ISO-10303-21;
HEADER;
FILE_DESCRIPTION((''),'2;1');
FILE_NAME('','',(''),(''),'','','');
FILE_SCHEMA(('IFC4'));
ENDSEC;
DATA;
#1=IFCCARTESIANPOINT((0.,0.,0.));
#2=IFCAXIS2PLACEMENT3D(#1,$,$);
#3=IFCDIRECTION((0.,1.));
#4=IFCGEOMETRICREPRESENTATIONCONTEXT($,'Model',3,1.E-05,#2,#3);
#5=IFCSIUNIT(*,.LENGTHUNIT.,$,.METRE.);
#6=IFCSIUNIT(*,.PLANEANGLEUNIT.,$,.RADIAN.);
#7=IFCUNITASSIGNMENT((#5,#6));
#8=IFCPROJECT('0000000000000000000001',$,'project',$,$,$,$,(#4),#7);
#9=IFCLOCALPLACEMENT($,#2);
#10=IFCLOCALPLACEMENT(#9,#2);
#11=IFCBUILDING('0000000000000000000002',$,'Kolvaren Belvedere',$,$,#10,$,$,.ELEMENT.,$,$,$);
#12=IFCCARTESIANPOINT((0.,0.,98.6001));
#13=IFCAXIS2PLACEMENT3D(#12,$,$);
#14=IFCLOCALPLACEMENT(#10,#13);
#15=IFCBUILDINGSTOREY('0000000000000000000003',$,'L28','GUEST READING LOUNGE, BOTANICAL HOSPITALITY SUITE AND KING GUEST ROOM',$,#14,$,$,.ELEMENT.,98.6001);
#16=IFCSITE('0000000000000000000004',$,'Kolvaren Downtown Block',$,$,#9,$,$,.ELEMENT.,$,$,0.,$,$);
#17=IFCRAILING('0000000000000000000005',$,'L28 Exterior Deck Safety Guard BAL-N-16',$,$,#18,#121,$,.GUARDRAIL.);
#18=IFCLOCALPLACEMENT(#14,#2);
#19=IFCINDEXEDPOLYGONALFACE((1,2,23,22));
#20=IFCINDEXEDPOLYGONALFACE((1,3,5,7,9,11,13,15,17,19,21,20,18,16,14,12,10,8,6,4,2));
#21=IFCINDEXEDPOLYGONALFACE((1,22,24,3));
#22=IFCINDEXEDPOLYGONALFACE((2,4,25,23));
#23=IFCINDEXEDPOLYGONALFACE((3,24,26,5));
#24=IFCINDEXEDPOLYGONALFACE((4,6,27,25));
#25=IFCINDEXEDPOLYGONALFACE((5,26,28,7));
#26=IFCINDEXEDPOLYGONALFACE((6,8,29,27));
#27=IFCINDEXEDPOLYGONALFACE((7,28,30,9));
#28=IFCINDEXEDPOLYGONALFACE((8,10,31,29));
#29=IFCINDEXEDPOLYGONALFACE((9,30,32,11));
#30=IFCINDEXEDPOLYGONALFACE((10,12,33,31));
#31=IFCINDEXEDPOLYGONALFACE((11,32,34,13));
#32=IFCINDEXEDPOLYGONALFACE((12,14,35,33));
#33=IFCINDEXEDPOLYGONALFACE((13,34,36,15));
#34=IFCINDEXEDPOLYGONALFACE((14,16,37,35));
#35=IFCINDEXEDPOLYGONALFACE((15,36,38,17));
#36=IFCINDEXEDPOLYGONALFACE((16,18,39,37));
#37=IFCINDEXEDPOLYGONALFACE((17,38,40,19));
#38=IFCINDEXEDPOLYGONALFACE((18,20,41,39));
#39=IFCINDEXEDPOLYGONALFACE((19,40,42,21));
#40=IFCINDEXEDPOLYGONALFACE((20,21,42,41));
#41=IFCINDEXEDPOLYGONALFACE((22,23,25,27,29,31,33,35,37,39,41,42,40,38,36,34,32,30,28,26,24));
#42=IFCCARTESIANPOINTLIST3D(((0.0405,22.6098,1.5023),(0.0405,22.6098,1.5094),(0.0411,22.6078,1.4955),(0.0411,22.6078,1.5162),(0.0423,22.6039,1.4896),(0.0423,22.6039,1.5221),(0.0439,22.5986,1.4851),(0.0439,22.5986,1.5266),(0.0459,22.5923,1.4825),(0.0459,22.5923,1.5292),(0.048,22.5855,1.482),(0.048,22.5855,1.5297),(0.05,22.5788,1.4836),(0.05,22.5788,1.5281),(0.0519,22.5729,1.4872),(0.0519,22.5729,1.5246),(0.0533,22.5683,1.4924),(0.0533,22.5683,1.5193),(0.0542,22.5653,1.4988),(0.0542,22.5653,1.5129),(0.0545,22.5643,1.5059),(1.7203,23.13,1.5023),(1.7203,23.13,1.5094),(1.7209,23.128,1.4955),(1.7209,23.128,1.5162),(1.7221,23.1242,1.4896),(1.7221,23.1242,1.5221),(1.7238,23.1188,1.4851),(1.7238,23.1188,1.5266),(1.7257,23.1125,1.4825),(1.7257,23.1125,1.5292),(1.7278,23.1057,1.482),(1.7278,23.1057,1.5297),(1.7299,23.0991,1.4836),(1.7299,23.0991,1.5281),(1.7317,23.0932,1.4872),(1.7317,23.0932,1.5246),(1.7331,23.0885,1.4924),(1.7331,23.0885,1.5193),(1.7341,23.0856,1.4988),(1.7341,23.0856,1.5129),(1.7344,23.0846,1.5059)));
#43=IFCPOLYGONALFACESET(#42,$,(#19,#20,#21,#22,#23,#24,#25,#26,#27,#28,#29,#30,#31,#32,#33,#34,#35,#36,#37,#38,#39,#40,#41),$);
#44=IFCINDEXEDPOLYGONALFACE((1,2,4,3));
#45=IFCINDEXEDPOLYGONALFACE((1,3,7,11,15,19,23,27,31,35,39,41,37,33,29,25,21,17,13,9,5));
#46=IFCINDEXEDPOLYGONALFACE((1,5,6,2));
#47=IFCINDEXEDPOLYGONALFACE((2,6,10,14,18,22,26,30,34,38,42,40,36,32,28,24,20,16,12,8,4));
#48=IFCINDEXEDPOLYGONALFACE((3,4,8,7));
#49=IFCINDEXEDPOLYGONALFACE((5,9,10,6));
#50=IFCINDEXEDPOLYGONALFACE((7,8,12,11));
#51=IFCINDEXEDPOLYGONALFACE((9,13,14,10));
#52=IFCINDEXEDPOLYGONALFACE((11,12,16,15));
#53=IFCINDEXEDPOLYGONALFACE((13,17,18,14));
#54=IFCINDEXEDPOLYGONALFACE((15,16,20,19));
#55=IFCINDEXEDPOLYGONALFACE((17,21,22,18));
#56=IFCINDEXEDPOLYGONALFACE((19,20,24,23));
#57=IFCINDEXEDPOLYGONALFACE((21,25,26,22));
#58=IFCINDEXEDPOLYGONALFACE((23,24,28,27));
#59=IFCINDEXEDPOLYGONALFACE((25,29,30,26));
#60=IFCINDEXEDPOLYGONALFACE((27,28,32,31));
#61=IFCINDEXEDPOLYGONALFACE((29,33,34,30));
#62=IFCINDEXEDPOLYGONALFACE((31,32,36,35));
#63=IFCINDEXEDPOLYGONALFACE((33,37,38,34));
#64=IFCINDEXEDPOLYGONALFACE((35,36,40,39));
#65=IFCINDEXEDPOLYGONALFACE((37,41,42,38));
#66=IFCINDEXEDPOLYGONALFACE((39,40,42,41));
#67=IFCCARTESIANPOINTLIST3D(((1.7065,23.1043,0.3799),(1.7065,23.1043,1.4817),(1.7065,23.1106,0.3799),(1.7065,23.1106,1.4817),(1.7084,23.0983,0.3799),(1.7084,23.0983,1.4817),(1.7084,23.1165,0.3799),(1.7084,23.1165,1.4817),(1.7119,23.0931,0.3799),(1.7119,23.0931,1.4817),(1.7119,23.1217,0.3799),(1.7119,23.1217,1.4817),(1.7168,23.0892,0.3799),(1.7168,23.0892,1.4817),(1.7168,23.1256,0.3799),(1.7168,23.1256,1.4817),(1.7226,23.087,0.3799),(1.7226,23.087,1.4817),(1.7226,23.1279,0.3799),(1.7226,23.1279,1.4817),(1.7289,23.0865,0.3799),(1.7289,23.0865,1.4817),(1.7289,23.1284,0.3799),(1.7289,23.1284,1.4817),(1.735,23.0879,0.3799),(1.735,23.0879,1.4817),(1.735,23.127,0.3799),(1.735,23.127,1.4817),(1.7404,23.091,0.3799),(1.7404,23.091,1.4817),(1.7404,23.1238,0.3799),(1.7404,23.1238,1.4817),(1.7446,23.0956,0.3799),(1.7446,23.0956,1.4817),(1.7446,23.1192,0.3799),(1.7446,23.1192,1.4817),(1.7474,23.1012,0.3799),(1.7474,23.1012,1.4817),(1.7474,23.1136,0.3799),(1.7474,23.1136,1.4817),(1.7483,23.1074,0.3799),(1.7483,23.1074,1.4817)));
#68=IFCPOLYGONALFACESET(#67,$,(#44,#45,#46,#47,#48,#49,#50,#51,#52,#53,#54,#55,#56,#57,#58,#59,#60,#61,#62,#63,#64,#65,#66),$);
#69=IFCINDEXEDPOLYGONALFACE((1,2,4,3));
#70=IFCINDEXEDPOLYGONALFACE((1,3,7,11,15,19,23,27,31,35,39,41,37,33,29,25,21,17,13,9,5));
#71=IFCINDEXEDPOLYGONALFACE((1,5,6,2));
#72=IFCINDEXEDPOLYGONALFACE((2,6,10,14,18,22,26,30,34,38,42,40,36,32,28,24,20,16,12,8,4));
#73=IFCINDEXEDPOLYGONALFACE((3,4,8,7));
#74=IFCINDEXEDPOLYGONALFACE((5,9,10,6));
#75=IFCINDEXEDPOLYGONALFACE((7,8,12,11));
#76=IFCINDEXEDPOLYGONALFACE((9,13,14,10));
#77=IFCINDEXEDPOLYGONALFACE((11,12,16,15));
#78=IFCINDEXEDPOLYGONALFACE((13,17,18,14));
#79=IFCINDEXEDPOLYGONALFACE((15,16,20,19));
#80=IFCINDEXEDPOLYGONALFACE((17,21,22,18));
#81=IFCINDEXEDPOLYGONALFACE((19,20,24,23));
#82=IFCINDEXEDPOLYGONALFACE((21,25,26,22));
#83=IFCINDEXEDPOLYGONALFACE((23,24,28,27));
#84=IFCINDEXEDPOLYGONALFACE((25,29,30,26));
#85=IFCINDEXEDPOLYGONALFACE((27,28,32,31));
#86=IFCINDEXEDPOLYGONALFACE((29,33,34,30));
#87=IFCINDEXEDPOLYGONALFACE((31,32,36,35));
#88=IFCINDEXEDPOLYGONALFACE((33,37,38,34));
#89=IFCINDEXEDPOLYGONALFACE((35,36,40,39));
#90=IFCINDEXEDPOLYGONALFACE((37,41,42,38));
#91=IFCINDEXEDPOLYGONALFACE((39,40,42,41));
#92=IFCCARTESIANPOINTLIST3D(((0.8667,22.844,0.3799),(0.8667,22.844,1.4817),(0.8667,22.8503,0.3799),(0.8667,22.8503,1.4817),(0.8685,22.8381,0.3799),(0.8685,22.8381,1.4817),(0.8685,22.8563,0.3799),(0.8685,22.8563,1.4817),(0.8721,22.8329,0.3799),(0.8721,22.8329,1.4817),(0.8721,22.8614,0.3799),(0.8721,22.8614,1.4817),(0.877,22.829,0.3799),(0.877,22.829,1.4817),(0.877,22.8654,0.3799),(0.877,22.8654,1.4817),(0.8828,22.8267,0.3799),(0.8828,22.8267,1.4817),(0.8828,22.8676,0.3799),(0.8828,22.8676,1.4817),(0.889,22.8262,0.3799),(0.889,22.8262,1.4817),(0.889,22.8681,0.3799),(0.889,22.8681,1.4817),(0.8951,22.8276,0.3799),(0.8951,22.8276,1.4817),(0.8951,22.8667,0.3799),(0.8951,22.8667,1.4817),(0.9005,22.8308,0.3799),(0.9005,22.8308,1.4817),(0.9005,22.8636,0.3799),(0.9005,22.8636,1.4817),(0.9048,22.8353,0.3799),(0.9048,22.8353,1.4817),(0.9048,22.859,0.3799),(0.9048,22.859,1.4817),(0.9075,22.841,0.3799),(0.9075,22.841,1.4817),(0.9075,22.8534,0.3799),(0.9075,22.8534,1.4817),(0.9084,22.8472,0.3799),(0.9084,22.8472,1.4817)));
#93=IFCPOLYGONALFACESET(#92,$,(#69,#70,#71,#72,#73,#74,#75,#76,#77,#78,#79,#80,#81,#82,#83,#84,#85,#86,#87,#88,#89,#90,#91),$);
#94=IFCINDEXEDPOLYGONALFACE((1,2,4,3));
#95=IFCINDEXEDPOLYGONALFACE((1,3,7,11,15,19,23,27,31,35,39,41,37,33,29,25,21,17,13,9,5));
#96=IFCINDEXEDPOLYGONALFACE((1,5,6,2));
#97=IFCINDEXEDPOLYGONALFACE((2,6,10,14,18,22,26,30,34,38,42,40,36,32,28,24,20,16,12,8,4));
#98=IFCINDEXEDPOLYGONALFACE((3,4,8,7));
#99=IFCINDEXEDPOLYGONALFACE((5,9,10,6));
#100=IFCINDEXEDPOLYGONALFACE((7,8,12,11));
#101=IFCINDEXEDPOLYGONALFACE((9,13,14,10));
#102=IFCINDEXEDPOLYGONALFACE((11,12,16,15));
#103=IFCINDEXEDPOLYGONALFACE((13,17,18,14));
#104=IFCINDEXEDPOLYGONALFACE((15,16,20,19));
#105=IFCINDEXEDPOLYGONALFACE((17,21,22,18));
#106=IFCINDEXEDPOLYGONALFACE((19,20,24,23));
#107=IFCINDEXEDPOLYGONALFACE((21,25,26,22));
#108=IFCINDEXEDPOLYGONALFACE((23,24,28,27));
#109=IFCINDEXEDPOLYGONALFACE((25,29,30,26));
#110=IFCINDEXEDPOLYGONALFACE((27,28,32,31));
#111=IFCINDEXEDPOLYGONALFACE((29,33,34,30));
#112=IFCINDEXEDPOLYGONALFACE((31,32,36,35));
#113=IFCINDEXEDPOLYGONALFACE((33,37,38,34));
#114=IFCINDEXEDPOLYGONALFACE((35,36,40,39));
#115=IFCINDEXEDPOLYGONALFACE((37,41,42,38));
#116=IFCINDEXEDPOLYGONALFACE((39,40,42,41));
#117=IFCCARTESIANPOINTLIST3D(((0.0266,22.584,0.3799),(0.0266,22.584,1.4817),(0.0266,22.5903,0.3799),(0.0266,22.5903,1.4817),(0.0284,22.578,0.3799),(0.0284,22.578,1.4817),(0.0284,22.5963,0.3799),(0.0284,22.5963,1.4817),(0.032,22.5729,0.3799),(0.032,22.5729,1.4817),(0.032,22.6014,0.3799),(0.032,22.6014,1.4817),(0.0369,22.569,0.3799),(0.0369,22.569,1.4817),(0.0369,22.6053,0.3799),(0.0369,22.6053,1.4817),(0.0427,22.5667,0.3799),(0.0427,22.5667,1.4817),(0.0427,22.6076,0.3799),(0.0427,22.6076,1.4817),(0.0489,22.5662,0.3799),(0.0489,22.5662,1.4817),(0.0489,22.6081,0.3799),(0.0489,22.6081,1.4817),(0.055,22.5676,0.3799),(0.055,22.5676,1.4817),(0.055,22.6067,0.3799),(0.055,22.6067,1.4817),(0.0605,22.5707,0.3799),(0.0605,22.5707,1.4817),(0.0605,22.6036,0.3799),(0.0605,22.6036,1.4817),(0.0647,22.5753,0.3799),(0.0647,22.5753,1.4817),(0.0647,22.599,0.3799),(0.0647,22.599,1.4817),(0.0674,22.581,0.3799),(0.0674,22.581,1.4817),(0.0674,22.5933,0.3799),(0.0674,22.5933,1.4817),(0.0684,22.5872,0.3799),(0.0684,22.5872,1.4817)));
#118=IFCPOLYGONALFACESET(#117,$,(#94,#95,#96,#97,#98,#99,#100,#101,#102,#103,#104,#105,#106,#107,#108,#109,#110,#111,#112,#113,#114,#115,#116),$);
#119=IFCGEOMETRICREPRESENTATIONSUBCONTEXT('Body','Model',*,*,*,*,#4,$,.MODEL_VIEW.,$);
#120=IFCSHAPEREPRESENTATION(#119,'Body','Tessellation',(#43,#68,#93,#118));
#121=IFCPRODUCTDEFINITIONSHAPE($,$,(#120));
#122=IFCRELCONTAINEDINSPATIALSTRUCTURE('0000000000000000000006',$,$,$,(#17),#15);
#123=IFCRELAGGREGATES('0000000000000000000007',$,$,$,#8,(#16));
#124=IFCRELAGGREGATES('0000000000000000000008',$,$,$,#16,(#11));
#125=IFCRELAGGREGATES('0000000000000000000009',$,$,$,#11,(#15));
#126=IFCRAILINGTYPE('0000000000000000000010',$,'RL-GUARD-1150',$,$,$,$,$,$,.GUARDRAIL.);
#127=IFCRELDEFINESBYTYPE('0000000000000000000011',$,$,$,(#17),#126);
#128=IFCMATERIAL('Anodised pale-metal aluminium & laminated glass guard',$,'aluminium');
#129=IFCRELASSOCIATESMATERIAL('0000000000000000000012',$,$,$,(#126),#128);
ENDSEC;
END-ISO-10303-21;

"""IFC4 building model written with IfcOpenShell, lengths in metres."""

from ifc_helpers import new_model, si_unit, direction, frame, origin, origin_2d, place, context, subcontext, project, spatial, circle, extrude, material, type_object, element, save


model = new_model("IFC4")

# Units and contexts
model_context = context("Model", 3, precision=1e-05, world=origin(), true_north=direction((0.0, 1.0)))
body_context = subcontext(model_context, "Body", "Model", "MODEL_VIEW")
ifc_project = project(units=[si_unit("LENGTHUNIT", "METRE"), si_unit("PLANEANGLEUNIT", "RADIAN")], contexts=[model_context])

# Site, building, storey
site_placement = place(None, origin())
site = spatial("IfcSite", under=ifc_project, at=site_placement, Name="Kolvaren Downtown Block", CompositionType="ELEMENT", RefElevation=0.0)
building_placement = place(site_placement, origin())
building = spatial("IfcBuilding", under=site, at=building_placement, Name="Kolvaren Belvedere", CompositionType="ELEMENT")
storey_placement = place(building_placement, frame((0.0, 0.0, 98.6001)))
storey = spatial("IfcBuildingStorey", under=building, at=storey_placement, Name="L28", Description="GUEST READING LOUNGE, BOTANICAL HOSPITALITY SUITE AND KING GUEST ROOM", CompositionType="ELEMENT", Elevation=98.6001)

# Railing
ifc_material_1 = material(Name="Anodised pale-metal aluminium & laminated glass guard", Category="aluminium")
railing_type = type_object("IfcRailingType", Name="RL-GUARD-1150", PredefinedType="GUARDRAIL", material=ifc_material_1)
railing_1_placement = place(storey_placement, frame((1.7273, 23.1074, 0.3799)))
element("IfcRailing", 1, at=railing_1_placement, inside=storey, type_object=railing_type, Name="L28 Exterior Deck Safety Guard BAL-N-16", PredefinedType="GUARDRAIL", context=body_context, shape_type="SweptSolid", body=[
    extrude(circle(Radius=0.0239, at=origin_2d()), frame((0.0, 0.0, 1.126), z_axis=(-0.95524, -0.295832, 0.0), x_axis=(0.295832, -0.95524, 0.0)), (0.0, 0.0, 1.0), 1.7585),
    extrude(circle(Radius=0.021, at=origin_2d()), origin(), (0.0, 0.0, 1.0), 1.1018),
    extrude(circle(Radius=0.021, at=origin_2d()), frame((-0.8398, -0.2603, 0.0)), (0.0, 0.0, 1.0), 1.1018),
    extrude(circle(Radius=0.021, at=origin_2d()), frame((-1.6799, -0.5203, 0.0)), (0.0, 0.0, 1.0), 1.1018),
])

save(model, "model.ifc")
